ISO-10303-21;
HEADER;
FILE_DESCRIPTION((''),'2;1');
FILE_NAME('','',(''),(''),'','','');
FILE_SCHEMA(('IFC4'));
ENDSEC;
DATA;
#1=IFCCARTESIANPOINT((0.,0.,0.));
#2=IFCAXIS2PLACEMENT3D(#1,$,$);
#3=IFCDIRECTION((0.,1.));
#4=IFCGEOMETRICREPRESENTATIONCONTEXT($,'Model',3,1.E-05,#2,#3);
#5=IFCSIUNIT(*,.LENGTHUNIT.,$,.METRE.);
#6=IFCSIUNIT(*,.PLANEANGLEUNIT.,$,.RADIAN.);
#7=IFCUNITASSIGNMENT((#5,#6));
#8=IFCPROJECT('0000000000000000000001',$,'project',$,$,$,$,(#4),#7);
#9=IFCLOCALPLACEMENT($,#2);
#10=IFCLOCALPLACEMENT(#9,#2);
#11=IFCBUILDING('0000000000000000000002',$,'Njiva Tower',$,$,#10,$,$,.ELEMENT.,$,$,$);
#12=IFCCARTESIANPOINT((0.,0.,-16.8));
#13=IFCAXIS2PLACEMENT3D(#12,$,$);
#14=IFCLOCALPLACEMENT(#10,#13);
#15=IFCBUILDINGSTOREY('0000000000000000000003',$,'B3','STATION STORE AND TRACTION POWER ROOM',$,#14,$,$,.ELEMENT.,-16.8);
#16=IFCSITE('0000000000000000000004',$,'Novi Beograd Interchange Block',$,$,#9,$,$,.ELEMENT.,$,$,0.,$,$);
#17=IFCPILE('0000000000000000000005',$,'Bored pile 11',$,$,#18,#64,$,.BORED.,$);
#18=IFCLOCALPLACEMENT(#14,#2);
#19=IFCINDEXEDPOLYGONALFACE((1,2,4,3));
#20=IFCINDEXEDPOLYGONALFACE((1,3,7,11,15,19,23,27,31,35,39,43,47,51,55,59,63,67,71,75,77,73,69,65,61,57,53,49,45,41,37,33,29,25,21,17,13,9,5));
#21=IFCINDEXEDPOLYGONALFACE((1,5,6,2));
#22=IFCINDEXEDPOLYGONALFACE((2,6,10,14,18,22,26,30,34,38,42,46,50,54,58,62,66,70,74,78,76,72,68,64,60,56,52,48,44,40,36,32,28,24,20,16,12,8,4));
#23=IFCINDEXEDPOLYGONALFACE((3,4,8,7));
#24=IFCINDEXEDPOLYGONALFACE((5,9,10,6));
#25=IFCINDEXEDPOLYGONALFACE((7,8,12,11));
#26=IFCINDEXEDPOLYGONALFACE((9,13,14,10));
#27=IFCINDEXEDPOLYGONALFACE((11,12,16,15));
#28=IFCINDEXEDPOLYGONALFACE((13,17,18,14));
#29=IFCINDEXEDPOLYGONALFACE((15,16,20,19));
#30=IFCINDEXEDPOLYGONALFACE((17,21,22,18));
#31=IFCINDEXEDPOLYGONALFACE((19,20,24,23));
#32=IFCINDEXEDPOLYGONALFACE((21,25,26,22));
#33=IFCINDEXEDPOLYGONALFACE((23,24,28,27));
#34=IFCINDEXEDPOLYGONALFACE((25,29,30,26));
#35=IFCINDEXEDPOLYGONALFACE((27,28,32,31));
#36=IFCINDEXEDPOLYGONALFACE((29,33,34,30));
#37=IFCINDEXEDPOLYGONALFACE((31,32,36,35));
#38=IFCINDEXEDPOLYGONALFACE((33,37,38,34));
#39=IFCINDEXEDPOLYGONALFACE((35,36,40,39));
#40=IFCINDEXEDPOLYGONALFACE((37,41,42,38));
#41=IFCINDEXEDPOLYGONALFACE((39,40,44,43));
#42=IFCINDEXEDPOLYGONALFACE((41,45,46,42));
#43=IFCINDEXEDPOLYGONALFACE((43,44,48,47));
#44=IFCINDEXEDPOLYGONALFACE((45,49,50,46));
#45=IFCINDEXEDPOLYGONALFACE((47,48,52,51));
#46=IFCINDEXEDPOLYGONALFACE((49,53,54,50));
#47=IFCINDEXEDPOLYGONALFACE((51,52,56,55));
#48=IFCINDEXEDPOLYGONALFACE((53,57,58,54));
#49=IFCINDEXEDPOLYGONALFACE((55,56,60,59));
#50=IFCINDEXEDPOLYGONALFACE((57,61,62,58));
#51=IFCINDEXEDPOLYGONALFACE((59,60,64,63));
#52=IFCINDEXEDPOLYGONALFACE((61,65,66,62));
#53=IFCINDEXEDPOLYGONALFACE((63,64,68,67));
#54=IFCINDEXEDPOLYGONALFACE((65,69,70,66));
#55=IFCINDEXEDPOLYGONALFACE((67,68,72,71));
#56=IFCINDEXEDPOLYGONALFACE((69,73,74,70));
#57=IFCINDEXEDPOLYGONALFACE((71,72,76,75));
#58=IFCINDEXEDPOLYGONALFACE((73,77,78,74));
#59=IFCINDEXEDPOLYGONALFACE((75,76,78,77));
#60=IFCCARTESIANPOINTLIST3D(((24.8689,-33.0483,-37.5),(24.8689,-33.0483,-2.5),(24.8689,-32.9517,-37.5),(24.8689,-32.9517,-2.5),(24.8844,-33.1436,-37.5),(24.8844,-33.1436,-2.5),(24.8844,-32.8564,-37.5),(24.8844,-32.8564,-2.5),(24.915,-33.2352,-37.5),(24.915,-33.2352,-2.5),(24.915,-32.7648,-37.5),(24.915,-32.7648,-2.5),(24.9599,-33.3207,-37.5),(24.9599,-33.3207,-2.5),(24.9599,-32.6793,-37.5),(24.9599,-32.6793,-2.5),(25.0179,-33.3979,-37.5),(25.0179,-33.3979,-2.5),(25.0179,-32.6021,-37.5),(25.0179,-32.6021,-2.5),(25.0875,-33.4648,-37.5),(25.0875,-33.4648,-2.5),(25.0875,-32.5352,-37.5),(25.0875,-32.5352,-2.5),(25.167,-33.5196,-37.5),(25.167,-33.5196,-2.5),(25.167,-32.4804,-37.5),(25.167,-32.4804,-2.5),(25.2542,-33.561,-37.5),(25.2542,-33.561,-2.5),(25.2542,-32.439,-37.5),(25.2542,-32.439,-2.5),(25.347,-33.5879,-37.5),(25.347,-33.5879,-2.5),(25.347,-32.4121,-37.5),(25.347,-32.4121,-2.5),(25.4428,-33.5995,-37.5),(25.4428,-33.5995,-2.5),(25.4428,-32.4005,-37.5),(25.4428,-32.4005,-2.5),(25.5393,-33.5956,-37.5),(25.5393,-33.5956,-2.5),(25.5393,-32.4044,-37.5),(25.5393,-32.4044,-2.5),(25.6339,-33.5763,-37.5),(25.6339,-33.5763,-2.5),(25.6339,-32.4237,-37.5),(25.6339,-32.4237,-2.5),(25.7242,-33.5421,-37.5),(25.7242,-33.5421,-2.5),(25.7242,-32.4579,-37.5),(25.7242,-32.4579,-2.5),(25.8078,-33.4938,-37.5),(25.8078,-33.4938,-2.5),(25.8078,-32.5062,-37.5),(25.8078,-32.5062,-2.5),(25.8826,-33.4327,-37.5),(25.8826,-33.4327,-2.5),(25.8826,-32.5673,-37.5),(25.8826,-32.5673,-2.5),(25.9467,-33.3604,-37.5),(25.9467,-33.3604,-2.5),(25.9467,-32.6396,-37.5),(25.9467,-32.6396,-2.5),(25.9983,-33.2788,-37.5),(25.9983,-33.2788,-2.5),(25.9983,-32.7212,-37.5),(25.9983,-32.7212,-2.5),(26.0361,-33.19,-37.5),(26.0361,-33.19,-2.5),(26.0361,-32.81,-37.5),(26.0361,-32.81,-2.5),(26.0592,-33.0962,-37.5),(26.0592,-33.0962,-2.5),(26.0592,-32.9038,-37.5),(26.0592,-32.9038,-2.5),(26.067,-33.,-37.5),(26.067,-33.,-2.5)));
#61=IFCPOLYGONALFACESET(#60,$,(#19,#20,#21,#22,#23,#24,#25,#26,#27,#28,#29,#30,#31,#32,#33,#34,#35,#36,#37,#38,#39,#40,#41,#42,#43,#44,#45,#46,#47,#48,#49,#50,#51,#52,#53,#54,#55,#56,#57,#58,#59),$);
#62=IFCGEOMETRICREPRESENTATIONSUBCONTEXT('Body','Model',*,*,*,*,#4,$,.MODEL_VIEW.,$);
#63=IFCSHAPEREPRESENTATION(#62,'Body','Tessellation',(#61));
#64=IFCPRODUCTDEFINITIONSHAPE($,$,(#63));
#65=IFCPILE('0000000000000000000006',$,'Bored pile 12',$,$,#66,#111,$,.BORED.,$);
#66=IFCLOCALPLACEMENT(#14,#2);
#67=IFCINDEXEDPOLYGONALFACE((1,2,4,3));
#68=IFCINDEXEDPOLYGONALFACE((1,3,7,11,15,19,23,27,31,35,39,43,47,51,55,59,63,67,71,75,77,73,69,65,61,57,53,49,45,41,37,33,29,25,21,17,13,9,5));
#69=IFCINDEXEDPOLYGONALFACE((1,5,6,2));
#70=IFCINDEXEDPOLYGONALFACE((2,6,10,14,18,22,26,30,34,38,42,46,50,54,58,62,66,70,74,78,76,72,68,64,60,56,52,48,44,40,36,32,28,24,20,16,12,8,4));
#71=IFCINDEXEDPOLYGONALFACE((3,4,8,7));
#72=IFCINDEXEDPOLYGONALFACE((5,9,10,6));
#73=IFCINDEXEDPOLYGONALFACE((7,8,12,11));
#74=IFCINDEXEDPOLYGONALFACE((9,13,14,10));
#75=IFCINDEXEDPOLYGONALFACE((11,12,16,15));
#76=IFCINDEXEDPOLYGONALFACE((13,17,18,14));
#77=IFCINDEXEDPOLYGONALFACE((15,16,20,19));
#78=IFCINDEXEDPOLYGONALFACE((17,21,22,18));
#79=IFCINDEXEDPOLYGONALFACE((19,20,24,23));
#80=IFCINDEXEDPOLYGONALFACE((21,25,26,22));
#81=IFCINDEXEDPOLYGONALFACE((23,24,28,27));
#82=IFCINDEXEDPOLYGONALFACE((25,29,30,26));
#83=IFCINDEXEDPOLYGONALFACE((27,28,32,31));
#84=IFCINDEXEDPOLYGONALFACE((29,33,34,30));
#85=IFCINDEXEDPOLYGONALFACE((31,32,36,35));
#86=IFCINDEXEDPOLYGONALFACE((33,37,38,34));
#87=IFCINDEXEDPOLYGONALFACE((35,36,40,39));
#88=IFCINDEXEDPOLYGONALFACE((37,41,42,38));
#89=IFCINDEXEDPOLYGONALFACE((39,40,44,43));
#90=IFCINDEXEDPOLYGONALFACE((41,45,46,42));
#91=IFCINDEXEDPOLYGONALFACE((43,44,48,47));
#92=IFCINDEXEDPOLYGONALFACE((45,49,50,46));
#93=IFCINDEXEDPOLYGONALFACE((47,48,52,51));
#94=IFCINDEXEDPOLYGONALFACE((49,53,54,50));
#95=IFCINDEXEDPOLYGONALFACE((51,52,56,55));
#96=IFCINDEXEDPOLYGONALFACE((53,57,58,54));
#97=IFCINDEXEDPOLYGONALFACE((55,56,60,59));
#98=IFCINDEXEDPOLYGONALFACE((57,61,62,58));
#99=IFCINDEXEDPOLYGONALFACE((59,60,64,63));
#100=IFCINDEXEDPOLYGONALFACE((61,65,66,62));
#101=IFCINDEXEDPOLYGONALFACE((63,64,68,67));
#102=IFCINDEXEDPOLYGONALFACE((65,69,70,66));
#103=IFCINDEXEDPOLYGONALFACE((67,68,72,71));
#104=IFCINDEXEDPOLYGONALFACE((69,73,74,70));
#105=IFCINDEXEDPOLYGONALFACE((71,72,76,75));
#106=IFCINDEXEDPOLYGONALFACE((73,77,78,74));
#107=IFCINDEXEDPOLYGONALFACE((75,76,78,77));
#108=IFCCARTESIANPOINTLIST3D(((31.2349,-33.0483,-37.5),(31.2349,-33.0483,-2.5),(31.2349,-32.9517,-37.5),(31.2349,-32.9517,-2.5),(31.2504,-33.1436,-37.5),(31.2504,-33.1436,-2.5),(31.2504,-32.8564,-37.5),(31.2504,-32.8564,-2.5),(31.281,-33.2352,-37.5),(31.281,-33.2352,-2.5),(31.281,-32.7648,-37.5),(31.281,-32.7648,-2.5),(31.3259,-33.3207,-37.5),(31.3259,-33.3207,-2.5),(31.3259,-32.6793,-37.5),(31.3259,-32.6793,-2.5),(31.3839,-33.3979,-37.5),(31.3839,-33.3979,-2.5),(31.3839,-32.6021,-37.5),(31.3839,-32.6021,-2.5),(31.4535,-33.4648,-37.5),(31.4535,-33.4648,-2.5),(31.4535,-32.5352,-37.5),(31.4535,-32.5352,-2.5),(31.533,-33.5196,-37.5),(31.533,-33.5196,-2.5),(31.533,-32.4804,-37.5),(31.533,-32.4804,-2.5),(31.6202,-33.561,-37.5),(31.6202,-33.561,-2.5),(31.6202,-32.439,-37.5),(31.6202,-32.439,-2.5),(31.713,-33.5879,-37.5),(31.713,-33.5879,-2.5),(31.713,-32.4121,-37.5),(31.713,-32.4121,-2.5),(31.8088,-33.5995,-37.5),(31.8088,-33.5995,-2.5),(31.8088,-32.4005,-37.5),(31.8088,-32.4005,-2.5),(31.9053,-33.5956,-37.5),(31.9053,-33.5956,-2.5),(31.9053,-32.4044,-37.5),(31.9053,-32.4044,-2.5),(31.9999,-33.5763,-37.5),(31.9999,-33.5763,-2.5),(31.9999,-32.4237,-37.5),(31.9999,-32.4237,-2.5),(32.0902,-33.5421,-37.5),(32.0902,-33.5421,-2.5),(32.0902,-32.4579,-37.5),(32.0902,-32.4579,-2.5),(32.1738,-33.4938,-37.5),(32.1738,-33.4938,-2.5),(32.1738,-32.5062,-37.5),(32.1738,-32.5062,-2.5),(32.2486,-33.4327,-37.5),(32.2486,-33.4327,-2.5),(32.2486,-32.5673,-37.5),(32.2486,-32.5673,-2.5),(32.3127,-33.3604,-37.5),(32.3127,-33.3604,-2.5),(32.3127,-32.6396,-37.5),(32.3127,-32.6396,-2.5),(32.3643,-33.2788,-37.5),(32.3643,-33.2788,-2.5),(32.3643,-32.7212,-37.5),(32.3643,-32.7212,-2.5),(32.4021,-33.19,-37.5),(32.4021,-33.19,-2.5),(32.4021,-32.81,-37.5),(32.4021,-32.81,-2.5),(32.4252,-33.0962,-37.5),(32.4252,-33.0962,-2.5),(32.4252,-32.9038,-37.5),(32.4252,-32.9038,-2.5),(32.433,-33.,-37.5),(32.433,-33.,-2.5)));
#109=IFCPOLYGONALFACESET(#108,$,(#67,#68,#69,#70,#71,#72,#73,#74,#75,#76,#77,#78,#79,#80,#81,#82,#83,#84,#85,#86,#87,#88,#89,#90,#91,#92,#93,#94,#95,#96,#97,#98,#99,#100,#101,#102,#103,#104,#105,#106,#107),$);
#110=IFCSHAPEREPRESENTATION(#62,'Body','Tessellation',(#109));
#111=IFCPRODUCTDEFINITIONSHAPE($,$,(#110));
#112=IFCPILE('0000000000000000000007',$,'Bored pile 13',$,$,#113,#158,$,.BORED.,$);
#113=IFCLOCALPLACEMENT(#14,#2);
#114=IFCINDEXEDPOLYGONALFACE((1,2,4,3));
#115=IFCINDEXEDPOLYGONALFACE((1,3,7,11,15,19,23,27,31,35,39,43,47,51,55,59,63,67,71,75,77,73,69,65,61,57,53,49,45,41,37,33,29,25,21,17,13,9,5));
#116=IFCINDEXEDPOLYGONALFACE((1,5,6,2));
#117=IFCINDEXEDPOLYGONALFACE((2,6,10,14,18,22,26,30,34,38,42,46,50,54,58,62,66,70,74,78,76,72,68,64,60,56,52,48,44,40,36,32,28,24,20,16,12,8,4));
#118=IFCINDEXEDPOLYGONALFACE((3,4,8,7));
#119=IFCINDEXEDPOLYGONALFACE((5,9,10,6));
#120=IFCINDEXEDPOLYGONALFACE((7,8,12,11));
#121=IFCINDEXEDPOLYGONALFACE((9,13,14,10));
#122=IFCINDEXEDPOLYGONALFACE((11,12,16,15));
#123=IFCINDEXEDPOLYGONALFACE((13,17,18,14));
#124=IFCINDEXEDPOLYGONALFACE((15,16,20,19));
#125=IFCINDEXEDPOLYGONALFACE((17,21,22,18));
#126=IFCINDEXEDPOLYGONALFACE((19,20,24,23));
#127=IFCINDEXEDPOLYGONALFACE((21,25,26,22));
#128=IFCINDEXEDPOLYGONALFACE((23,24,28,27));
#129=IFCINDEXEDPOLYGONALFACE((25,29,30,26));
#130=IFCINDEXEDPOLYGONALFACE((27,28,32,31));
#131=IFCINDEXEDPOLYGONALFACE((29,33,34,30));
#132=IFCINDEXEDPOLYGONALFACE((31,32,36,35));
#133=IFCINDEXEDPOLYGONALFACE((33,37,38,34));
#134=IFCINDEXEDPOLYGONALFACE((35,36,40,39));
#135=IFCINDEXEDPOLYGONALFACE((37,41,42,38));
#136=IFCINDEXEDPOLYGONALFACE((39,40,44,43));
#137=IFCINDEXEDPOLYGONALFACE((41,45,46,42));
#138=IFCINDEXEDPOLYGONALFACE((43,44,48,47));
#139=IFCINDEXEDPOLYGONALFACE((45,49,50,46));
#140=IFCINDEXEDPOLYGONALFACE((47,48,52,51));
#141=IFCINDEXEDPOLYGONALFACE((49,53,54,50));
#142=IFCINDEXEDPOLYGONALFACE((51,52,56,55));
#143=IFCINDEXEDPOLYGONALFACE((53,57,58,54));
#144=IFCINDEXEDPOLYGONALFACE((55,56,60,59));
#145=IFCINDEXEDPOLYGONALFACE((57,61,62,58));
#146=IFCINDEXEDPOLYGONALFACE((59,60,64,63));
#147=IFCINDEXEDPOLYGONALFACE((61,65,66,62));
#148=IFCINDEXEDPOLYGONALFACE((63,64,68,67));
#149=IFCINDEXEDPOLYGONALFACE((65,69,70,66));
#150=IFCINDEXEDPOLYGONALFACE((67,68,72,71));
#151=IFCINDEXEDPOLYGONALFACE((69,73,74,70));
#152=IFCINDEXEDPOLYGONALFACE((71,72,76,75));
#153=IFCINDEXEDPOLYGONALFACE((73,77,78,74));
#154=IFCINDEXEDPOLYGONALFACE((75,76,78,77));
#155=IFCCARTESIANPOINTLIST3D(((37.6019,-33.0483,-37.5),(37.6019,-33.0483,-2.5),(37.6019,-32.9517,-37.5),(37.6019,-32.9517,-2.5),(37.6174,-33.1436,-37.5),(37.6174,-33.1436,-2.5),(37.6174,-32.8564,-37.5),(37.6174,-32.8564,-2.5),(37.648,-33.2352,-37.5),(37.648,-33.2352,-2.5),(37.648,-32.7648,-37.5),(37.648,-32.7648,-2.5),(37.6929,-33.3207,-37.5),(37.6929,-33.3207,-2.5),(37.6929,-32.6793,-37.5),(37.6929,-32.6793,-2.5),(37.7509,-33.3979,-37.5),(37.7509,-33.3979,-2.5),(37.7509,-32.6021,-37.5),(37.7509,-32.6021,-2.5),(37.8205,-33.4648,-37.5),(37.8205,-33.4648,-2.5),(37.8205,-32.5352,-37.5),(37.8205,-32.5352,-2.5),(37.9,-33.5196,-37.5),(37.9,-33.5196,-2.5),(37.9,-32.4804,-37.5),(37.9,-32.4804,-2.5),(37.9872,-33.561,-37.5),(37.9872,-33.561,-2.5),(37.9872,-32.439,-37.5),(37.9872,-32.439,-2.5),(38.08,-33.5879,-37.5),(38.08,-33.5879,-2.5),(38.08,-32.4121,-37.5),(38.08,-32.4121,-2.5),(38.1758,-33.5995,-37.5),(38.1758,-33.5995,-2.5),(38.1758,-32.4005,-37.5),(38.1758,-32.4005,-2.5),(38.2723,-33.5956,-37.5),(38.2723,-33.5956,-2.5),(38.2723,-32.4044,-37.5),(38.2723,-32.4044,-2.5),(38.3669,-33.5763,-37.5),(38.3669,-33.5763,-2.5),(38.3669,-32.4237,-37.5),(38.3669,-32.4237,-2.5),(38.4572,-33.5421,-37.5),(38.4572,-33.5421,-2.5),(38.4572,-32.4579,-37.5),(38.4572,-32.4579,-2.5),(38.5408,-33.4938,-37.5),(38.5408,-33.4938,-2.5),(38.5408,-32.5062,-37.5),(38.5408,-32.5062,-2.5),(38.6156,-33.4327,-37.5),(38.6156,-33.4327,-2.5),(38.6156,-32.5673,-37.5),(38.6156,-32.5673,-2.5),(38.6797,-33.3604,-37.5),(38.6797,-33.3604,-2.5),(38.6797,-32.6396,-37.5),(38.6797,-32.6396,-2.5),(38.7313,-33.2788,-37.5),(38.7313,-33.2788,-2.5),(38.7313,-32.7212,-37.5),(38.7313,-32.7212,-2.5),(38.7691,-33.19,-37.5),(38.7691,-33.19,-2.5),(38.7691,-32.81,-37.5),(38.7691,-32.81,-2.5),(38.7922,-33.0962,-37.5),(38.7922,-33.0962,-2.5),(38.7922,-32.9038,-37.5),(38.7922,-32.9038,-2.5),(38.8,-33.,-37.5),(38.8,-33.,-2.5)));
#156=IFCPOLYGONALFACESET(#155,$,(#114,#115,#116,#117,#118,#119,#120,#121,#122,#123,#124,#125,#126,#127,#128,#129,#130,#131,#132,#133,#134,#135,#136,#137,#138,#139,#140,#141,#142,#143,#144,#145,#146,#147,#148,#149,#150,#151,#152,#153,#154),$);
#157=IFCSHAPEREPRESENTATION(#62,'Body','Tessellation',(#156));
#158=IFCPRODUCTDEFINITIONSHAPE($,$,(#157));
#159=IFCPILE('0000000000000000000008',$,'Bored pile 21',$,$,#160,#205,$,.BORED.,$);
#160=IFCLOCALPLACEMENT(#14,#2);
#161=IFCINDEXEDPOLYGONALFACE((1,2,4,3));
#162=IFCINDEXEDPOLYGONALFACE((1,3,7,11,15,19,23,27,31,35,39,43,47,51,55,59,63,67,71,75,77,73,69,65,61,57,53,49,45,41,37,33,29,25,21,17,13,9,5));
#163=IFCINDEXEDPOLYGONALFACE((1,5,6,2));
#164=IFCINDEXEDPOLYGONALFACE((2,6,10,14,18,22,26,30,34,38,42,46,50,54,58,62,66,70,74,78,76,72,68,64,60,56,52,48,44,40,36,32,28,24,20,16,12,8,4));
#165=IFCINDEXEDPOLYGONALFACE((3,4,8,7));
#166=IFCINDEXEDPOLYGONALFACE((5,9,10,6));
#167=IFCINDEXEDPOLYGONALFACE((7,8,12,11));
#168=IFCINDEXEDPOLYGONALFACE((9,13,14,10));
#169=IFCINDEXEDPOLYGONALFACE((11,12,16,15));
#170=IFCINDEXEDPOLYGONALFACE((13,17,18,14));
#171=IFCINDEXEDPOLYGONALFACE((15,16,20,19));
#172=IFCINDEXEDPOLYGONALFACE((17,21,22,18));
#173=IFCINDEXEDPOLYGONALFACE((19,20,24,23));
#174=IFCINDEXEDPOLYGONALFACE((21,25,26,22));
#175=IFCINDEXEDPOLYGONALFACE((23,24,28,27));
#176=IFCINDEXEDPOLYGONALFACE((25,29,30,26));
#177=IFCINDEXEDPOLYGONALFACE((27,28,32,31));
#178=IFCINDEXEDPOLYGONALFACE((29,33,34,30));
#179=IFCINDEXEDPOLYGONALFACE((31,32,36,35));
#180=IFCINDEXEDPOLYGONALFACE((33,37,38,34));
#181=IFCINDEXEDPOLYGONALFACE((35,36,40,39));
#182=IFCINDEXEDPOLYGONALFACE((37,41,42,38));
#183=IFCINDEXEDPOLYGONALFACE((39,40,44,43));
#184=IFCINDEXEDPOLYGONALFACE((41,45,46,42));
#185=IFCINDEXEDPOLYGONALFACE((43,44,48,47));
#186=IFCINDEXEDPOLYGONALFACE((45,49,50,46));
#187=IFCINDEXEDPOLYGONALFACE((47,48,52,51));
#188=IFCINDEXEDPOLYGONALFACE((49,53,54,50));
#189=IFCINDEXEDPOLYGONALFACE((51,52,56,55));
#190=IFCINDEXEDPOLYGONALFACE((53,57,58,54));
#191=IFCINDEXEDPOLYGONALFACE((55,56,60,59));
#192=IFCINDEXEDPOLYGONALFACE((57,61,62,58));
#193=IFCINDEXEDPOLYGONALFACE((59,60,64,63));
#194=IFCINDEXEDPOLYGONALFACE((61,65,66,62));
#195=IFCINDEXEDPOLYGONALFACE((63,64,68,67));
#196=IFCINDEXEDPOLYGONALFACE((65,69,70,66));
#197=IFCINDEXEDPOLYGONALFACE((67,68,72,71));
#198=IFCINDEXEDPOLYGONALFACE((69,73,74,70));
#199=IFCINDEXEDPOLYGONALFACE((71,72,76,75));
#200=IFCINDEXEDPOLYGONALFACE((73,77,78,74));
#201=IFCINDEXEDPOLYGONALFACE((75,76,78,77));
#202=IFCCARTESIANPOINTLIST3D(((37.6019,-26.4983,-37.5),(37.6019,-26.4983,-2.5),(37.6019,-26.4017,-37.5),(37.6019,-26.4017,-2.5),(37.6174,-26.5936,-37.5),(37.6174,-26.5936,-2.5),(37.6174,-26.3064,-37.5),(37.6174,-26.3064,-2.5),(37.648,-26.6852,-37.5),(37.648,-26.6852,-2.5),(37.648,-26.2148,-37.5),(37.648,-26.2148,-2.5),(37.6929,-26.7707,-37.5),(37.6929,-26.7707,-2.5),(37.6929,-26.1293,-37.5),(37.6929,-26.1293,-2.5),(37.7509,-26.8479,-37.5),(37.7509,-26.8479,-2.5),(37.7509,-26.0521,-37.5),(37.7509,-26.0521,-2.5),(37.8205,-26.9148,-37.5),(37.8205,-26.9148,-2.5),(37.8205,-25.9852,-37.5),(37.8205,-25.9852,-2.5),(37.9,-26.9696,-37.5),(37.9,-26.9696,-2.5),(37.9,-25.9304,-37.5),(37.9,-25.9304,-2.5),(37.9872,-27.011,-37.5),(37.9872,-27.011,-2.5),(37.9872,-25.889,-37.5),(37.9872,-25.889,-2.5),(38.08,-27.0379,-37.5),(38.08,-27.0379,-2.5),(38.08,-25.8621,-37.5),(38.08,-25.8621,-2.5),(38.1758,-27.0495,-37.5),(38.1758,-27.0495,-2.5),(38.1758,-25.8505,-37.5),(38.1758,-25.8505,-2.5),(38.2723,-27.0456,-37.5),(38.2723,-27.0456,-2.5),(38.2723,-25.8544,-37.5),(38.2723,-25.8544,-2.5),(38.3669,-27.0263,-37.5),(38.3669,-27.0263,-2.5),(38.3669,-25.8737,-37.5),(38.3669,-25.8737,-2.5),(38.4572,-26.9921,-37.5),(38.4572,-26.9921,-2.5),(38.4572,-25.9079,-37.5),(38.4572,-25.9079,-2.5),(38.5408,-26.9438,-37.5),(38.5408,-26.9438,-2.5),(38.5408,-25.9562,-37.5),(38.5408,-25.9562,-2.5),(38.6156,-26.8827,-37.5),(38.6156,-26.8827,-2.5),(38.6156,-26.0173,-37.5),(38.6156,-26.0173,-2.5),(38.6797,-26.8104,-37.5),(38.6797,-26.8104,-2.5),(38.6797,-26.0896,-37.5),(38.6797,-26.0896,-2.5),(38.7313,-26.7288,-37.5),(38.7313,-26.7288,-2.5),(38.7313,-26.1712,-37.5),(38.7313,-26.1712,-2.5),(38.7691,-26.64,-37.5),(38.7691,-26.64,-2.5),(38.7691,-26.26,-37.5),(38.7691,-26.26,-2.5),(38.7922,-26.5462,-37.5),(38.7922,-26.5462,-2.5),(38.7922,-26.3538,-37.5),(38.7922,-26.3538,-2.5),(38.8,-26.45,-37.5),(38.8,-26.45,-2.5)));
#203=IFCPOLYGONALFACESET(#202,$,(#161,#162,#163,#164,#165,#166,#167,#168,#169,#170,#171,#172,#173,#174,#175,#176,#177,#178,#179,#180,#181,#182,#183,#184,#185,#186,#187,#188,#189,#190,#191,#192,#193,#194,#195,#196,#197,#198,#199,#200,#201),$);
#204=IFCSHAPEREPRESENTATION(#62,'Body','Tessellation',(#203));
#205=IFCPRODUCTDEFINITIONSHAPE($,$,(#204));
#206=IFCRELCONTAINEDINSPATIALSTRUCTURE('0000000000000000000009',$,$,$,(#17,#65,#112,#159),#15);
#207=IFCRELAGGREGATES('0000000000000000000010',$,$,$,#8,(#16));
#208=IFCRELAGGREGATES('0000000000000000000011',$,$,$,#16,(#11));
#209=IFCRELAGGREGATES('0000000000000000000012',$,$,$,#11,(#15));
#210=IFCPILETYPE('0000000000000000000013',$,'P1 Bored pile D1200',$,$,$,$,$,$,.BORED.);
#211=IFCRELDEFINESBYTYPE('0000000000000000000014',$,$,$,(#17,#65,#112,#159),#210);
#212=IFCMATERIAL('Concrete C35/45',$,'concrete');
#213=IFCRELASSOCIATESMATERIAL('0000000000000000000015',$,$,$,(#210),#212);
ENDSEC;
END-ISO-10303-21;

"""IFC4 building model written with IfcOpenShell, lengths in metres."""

from ifc_helpers import new_model, si_unit, direction, frame, origin, origin_2d, place, context, subcontext, project, spatial, circle, extrude, material, material_profile, profile_set, type_object, element, save


model = new_model("IFC4")

# Units and contexts
model_context = context("Model", 3, precision=1e-05, world=origin(), true_north=direction((0.0, 1.0)))
body_context = subcontext(model_context, "Body", "Model", "MODEL_VIEW")
ifc_project = project(units=[si_unit("LENGTHUNIT", "METRE"), si_unit("PLANEANGLEUNIT", "RADIAN")], contexts=[model_context])

# Site, building, storey
site_placement = place(None, origin())
site = spatial("IfcSite", under=ifc_project, at=site_placement, Name="Novi Beograd Interchange Block", CompositionType="ELEMENT", RefElevation=0.0)
building_placement = place(site_placement, origin())
building = spatial("IfcBuilding", under=site, at=building_placement, Name="Njiva Tower", CompositionType="ELEMENT")
storey_placement = place(building_placement, frame((0.0, 0.0, -16.8)))
storey = spatial("IfcBuildingStorey", under=building, at=storey_placement, Name="B3", Description="STATION STORE AND TRACTION POWER ROOM", CompositionType="ELEMENT", Elevation=-16.8)

# Piles
ifc_material_1 = material(Name="Concrete C35/45", Category="concrete")
ifc_material_profile_1 = material_profile(ifc_material_1, circle(Radius=0.6, at=origin_2d()), Name="D1200")
ifc_profile_set_1 = profile_set([ifc_material_profile_1], Name="Concrete C35/45")
pile_type = type_object("IfcPileType", Name="P1 Bored pile D1200", PredefinedType="BORED", material=ifc_profile_set_1)
for number, where, z_axis, x_axis, name in (
    (1, (25.467, -33.0, -2.5), (0.0, 0.0, -1.0), (1.0, 0.0, 0.0), "Bored pile 11"),
    (2, (31.833, -33.0, -2.5), (0.0, 0.0, -1.0), (1.0, 0.0, 0.0), "Bored pile 12"),
    (3, (38.2, -33.0, -2.5), (0.0, 0.0, -1.0), (1.0, 0.0, 0.0), "Bored pile 13"),
    (4, (38.2, -26.45, -2.5), (0.0, 0.0, -1.0), (1.0, 0.0, 0.0), "Bored pile 21"),
):
    element("IfcPile", number, at=place(storey_placement, frame(where, z_axis=z_axis, x_axis=x_axis)), inside=storey, type_object=pile_type, Name=name, PredefinedType="BORED", context=body_context, shape_type="SweptSolid", body=[
        extrude(circle(Radius=0.6, at=origin_2d()), origin(), (0.0, 0.0, 1.0), 35.0),
    ])

save(model, "model.ifc")
